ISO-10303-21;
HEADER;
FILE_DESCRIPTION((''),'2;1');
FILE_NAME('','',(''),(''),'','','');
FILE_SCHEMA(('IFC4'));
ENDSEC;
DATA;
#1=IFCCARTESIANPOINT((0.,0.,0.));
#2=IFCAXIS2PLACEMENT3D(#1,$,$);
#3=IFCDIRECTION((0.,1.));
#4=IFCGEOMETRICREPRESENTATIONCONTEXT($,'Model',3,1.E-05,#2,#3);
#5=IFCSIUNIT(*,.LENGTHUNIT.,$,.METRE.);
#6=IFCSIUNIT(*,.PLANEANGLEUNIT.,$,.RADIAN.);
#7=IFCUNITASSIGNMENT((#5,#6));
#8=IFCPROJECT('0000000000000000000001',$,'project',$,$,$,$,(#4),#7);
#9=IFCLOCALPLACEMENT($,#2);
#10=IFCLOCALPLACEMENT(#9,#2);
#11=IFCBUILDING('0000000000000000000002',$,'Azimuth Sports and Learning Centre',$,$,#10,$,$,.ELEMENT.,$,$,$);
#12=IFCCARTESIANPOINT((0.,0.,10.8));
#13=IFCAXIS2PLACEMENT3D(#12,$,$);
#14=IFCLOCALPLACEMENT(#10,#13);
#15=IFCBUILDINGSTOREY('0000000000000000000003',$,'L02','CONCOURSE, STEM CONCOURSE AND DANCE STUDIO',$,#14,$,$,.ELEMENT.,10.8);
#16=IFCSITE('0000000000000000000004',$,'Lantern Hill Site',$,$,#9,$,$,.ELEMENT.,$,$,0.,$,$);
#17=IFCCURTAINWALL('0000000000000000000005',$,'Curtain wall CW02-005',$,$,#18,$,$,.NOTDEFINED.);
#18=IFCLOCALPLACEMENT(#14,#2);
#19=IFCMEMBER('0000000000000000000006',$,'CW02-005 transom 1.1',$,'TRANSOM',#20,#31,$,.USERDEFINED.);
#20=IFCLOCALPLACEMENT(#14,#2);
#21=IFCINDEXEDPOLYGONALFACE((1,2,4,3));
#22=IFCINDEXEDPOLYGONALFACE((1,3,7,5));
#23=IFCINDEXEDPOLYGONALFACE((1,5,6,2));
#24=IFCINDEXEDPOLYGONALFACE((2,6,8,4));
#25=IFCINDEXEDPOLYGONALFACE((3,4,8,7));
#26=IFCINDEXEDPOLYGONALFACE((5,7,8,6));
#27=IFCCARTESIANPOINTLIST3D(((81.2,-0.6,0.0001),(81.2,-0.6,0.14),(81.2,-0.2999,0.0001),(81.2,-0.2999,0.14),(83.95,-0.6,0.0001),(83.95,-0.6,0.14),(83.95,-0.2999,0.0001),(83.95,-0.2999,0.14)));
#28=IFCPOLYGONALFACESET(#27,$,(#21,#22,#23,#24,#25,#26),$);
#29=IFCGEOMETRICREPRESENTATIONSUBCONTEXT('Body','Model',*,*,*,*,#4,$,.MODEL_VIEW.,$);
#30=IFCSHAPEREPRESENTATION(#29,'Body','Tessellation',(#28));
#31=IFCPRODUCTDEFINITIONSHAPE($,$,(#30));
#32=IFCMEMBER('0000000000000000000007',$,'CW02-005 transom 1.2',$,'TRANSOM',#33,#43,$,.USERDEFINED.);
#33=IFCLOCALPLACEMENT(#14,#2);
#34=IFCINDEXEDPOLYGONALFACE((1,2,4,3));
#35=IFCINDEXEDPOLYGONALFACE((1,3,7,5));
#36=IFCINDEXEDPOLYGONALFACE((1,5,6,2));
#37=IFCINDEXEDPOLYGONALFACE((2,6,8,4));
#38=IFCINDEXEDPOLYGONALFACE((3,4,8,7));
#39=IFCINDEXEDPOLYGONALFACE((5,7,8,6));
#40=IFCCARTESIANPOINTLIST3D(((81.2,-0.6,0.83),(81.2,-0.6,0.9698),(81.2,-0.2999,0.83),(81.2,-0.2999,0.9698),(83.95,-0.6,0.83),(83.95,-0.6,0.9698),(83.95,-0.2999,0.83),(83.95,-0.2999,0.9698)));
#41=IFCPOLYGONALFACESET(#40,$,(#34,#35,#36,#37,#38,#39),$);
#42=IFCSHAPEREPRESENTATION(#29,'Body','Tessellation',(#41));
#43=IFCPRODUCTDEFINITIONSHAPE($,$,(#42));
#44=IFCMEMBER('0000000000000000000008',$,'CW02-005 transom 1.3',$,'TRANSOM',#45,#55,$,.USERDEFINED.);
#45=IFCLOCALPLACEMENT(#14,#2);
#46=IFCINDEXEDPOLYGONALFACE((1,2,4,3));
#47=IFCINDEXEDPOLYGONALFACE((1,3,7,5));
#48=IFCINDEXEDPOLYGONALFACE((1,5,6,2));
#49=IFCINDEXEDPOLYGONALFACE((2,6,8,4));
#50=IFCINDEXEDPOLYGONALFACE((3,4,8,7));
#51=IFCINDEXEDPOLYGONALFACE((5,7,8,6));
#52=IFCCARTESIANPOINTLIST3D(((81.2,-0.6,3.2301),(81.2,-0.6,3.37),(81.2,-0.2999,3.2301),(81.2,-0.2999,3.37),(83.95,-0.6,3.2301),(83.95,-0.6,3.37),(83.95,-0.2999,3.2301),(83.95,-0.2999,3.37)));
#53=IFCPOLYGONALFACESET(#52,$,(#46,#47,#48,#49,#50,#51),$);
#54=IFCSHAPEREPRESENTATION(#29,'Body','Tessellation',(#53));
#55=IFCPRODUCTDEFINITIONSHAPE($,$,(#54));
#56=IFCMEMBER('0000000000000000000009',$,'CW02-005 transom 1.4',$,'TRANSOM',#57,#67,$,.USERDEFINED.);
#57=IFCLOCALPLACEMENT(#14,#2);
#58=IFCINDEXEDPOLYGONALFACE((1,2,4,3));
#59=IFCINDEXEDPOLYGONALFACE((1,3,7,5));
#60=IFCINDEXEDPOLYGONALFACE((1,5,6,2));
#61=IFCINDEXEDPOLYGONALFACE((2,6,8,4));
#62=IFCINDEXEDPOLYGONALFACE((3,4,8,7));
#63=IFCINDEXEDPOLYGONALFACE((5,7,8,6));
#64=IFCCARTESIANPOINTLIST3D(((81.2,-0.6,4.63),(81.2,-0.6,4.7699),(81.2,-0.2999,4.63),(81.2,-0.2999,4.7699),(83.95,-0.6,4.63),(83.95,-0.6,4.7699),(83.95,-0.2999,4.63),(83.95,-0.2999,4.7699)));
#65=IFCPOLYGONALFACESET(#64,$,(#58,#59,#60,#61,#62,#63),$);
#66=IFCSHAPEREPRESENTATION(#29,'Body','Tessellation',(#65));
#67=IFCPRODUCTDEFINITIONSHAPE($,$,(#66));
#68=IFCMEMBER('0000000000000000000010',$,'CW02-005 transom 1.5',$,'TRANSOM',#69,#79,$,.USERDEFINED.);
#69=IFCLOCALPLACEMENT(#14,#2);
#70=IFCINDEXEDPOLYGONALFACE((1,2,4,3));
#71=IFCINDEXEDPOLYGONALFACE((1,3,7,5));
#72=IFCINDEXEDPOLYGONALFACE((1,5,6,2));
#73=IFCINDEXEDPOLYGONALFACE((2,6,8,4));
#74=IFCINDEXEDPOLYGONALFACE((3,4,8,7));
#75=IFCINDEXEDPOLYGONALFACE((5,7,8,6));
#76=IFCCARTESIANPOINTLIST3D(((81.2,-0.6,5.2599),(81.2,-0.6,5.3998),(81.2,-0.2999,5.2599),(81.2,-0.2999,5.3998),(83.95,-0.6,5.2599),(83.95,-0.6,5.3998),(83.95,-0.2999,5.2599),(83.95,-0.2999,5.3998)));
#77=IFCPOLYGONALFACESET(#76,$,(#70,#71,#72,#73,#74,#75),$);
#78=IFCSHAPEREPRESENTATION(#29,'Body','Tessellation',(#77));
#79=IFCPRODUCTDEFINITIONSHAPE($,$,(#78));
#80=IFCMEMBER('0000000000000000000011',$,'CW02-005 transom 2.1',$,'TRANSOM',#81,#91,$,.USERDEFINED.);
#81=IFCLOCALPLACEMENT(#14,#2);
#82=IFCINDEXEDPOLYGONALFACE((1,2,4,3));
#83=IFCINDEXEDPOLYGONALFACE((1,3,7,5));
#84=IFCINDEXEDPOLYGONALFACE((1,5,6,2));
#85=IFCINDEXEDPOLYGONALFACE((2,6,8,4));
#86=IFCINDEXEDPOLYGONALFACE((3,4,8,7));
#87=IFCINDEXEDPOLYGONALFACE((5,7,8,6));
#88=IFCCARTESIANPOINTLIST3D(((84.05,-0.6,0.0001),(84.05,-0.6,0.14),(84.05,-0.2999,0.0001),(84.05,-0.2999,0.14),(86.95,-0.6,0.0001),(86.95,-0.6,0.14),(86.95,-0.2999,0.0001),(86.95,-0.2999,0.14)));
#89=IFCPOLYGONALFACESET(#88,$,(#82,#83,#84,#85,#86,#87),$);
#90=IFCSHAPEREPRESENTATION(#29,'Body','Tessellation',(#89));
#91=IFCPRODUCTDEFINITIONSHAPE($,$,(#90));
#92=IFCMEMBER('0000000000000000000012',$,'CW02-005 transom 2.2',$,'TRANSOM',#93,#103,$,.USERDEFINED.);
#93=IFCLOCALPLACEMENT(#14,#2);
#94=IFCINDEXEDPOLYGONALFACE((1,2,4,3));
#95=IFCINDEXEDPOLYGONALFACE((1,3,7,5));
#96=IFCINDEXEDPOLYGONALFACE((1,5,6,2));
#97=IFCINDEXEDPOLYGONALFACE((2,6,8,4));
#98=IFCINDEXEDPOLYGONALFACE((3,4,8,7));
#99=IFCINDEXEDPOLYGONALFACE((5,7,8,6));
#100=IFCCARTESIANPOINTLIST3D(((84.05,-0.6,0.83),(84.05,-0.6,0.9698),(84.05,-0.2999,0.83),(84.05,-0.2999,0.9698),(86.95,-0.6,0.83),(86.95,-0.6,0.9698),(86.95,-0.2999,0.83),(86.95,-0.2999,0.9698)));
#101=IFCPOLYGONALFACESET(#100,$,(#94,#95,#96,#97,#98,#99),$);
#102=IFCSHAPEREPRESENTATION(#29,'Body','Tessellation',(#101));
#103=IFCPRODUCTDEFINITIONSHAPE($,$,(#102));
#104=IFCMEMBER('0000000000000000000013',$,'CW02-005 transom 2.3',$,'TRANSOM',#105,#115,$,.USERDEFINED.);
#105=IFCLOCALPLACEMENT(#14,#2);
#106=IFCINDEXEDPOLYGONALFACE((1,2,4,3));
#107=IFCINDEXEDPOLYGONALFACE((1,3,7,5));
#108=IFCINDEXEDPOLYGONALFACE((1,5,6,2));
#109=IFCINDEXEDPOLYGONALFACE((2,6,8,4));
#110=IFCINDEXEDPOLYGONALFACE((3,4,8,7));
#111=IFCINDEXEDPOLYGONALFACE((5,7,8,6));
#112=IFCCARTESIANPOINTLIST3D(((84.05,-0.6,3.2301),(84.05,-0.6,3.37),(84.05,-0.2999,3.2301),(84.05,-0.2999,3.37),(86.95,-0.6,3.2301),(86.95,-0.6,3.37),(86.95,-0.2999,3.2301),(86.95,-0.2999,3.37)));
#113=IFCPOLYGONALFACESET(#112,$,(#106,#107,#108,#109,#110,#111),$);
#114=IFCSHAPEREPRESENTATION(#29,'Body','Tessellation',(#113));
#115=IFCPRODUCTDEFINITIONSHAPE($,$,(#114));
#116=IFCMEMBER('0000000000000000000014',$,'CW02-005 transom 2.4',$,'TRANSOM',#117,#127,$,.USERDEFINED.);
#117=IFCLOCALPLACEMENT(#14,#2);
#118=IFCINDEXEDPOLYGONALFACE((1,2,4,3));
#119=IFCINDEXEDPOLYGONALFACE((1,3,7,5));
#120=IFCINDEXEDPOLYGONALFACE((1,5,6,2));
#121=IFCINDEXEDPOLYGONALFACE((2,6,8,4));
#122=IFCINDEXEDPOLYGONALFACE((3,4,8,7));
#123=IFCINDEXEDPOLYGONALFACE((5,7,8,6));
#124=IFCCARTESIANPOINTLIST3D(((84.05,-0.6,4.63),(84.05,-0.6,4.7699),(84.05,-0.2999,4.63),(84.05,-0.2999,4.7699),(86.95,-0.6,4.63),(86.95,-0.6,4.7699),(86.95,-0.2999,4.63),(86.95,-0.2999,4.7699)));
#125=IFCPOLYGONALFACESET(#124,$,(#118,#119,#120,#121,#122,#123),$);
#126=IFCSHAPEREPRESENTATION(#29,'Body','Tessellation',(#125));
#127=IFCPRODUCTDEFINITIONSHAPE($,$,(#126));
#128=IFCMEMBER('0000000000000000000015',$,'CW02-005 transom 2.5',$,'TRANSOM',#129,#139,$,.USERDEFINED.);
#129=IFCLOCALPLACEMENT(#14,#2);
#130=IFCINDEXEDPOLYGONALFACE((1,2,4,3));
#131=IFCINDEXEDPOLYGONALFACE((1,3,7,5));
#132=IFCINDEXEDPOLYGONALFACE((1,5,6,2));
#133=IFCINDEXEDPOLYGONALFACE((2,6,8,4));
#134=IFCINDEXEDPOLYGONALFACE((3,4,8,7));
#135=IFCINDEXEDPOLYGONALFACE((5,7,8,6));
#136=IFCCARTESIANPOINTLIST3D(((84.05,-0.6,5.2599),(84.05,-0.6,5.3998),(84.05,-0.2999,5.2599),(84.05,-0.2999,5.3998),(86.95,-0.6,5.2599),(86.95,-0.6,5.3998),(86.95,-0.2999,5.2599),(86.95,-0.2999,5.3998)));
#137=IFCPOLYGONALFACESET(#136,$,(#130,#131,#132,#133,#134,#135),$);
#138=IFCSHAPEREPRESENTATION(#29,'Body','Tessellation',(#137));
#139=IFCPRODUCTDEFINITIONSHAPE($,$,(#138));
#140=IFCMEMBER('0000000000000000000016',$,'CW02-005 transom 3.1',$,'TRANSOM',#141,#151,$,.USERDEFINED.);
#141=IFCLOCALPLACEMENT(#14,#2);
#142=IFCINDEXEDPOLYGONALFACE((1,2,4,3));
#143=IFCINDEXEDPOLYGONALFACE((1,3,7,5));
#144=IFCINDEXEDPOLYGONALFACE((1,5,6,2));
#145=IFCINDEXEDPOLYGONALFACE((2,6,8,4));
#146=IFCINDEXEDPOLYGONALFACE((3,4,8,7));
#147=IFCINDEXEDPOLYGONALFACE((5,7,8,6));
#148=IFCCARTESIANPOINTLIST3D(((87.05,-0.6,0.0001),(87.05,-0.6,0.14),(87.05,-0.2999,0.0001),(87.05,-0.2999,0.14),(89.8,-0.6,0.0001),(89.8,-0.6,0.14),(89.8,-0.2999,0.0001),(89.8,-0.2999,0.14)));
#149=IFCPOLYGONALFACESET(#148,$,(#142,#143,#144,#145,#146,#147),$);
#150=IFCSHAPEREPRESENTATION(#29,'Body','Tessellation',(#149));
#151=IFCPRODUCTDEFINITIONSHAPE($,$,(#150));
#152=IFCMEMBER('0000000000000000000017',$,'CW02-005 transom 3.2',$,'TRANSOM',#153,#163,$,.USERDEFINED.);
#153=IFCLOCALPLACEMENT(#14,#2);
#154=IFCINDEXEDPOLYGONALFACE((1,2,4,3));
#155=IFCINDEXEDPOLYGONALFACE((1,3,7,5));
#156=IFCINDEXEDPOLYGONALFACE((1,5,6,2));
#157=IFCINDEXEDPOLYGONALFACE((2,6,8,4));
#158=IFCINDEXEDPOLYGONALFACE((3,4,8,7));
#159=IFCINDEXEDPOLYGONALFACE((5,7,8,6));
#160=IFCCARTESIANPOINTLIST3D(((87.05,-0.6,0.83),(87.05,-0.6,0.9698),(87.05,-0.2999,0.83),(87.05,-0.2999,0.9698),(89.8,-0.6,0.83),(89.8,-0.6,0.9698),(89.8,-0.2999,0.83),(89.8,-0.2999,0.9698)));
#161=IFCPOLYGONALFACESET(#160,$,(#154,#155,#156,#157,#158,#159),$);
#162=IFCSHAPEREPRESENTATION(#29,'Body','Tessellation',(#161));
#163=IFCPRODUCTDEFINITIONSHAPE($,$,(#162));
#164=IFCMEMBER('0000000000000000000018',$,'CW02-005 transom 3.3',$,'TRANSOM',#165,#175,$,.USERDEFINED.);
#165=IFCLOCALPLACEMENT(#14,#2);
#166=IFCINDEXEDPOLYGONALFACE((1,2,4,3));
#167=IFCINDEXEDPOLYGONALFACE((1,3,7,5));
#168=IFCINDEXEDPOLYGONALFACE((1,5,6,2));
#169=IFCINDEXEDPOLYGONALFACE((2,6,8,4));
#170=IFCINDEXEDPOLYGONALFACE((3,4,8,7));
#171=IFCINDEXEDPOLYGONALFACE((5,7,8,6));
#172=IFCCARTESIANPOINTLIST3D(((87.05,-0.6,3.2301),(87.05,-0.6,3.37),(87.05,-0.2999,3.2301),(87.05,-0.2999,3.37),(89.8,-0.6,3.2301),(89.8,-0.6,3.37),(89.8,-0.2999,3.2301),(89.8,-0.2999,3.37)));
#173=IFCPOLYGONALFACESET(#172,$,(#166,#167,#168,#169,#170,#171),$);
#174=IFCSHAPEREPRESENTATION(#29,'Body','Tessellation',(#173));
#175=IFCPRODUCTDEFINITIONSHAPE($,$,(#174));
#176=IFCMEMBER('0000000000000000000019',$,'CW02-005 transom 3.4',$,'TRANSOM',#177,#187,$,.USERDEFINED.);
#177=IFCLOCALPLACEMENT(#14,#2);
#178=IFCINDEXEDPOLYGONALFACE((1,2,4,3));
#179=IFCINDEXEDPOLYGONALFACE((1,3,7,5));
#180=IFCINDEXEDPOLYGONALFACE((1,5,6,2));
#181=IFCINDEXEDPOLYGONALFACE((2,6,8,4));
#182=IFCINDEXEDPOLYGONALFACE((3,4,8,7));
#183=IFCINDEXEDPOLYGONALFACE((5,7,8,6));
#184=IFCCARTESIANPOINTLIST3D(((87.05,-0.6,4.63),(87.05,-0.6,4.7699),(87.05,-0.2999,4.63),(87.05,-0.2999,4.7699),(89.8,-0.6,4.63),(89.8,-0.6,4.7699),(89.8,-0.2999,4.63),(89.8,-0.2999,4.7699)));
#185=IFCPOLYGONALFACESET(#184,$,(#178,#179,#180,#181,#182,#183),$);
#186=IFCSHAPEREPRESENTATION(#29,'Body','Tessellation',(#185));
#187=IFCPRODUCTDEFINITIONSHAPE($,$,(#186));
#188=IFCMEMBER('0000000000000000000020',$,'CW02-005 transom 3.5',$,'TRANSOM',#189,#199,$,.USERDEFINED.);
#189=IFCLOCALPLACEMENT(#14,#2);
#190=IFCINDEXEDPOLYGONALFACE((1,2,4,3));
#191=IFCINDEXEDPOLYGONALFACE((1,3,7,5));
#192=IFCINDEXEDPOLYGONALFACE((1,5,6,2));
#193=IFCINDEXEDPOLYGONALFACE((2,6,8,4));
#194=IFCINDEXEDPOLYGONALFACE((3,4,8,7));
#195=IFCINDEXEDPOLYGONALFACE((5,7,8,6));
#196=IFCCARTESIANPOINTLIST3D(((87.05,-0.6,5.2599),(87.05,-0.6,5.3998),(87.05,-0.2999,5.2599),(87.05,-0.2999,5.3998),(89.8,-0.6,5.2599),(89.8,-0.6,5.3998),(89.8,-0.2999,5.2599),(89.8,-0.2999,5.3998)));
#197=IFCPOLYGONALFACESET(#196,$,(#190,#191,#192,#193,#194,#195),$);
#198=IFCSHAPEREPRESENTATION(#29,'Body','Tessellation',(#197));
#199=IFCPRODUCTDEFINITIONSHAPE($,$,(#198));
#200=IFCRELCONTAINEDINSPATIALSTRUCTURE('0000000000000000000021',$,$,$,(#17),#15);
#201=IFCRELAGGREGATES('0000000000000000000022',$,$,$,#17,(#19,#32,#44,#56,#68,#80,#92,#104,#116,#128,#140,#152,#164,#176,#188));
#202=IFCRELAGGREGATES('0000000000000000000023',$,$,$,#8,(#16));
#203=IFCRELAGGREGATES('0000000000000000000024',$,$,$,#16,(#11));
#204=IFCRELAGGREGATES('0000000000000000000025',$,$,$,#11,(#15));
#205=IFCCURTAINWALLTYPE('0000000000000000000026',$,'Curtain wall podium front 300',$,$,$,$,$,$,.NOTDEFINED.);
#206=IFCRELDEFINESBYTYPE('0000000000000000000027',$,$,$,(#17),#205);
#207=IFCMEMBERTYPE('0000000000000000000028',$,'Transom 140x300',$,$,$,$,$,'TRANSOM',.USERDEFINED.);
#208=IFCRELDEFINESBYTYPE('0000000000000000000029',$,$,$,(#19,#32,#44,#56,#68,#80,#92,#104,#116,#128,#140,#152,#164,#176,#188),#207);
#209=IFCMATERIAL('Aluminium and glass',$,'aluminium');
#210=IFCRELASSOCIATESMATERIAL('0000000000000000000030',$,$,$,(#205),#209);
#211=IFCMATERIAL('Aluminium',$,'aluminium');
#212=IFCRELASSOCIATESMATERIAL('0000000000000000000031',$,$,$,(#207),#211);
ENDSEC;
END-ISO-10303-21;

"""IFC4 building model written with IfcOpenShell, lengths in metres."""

from ifc_helpers import new_model, si_unit, direction, frame, origin, origin_2d, place, context, subcontext, project, spatial, rectangle, extrude, material, material_profile, profile_set, type_object, element, aggregate, save


model = new_model("IFC4")

# Units and contexts
model_context = context("Model", 3, precision=1e-05, world=origin(), true_north=direction((0.0, 1.0)))
body_context = subcontext(model_context, "Body", "Model", "MODEL_VIEW")
ifc_project = project(units=[si_unit("LENGTHUNIT", "METRE"), si_unit("PLANEANGLEUNIT", "RADIAN")], contexts=[model_context])

# Site, building, storey
site_placement = place(None, origin())
site = spatial("IfcSite", under=ifc_project, at=site_placement, Name="Lantern Hill Site", CompositionType="ELEMENT", RefElevation=0.0)
building_placement = place(site_placement, origin())
building = spatial("IfcBuilding", under=site, at=building_placement, Name="Azimuth Sports and Learning Centre", CompositionType="ELEMENT")
storey_placement = place(building_placement, frame((0.0, 0.0, 10.8)))
storey = spatial("IfcBuildingStorey", under=building, at=storey_placement, Name="L02", Description="CONCOURSE, STEM CONCOURSE AND DANCE STUDIO", CompositionType="ELEMENT", Elevation=10.8)

# Curtain wall, members
ifc_material_1 = material(Name="Aluminium and glass", Category="aluminium")
curtain_wall_type = type_object("IfcCurtainWallType", Name="Curtain wall podium front 300", PredefinedType="NOTDEFINED", material=ifc_material_1)
curtain_wall_placement = place(storey_placement, origin())
curtain_wall = element("IfcCurtainWall", 1, at=curtain_wall_placement, inside=storey, type_object=curtain_wall_type, Name="Curtain wall CW02-005", PredefinedType="NOTDEFINED")
ifc_material_2 = material(Name="Aluminium", Category="aluminium")
ifc_material_profile_1 = material_profile(ifc_material_2, rectangle(XDim=0.3, YDim=0.1399, at=origin_2d()), Name="Transom 140x300")
ifc_profile_set_1 = profile_set([ifc_material_profile_1], Name="Aluminium")
member_type_1 = type_object("IfcMemberType", Name="Transom 140x300", ElementType="TRANSOM", PredefinedType="USERDEFINED", material=ifc_profile_set_1)
member_1_placement = place(storey_placement, frame((81.2, -0.45, 0.0701), z_axis=(1.0, 0.0, 0.0), x_axis=(0.0, 1.0, 0.0)))
member_1 = element("IfcMember", 2, at=member_1_placement, type_object=member_type_1, Name="CW02-005 transom 1.1", ObjectType="TRANSOM", PredefinedType="USERDEFINED", context=body_context, shape_type="SweptSolid", body=[
    extrude(rectangle(XDim=0.3, YDim=0.1399, at=origin_2d()), origin(), (0.0, 0.0, 1.0), 2.75),
])
member_2_placement = place(storey_placement, frame((81.2, -0.45, 0.8999), z_axis=(1.0, 0.0, 0.0), x_axis=(0.0, 1.0, 0.0)))
member_2 = element("IfcMember", 3, at=member_2_placement, type_object=member_type_1, Name="CW02-005 transom 1.2", ObjectType="TRANSOM", PredefinedType="USERDEFINED", context=body_context, shape_type="SweptSolid", body=[
    extrude(rectangle(XDim=0.3, YDim=0.1399, at=origin_2d()), origin(), (0.0, 0.0, 1.0), 2.75),
])
member_3_placement = place(storey_placement, frame((81.2, -0.45, 3.3), z_axis=(1.0, 0.0, 0.0), x_axis=(0.0, 1.0, 0.0)))
member_3 = element("IfcMember", 4, at=member_3_placement, type_object=member_type_1, Name="CW02-005 transom 1.3", ObjectType="TRANSOM", PredefinedType="USERDEFINED", context=body_context, shape_type="SweptSolid", body=[
    extrude(rectangle(XDim=0.3, YDim=0.1399, at=origin_2d()), origin(), (0.0, 0.0, 1.0), 2.75),
])
member_4_placement = place(storey_placement, frame((81.2, -0.45, 4.7), z_axis=(1.0, 0.0, 0.0), x_axis=(0.0, 1.0, 0.0)))
member_4 = element("IfcMember", 5, at=member_4_placement, type_object=member_type_1, Name="CW02-005 transom 1.4", ObjectType="TRANSOM", PredefinedType="USERDEFINED", context=body_context, shape_type="SweptSolid", body=[
    extrude(rectangle(XDim=0.3, YDim=0.1399, at=origin_2d()), origin(), (0.0, 0.0, 1.0), 2.75),
])
member_5_placement = place(storey_placement, frame((81.2, -0.45, 5.3298), z_axis=(1.0, 0.0, 0.0), x_axis=(0.0, 1.0, 0.0)))
member_5 = element("IfcMember", 6, at=member_5_placement, type_object=member_type_1, Name="CW02-005 transom 1.5", ObjectType="TRANSOM", PredefinedType="USERDEFINED", context=body_context, shape_type="SweptSolid", body=[
    extrude(rectangle(XDim=0.3, YDim=0.1399, at=origin_2d()), origin(), (0.0, 0.0, 1.0), 2.75),
])
member_6_placement = place(storey_placement, frame((84.05, -0.45, 0.0701), z_axis=(1.0, 0.0, 0.0), x_axis=(0.0, 1.0, 0.0)))
member_6 = element("IfcMember", 7, at=member_6_placement, type_object=member_type_1, Name="CW02-005 transom 2.1", ObjectType="TRANSOM", PredefinedType="USERDEFINED", context=body_context, shape_type="SweptSolid", body=[
    extrude(rectangle(XDim=0.3, YDim=0.1399, at=origin_2d()), origin(), (0.0, 0.0, 1.0), 2.8999),
])
member_7_placement = place(storey_placement, frame((84.05, -0.45, 0.8999), z_axis=(1.0, 0.0, 0.0), x_axis=(0.0, 1.0, 0.0)))
member_7 = element("IfcMember", 8, at=member_7_placement, type_object=member_type_1, Name="CW02-005 transom 2.2", ObjectType="TRANSOM", PredefinedType="USERDEFINED", context=body_context, shape_type="SweptSolid", body=[
    extrude(rectangle(XDim=0.3, YDim=0.1399, at=origin_2d()), origin(), (0.0, 0.0, 1.0), 2.8999),
])
member_8_placement = place(storey_placement, frame((84.05, -0.45, 3.3), z_axis=(1.0, 0.0, 0.0), x_axis=(0.0, 1.0, 0.0)))
member_8 = element("IfcMember", 9, at=member_8_placement, type_object=member_type_1, Name="CW02-005 transom 2.3", ObjectType="TRANSOM", PredefinedType="USERDEFINED", context=body_context, shape_type="SweptSolid", body=[
    extrude(rectangle(XDim=0.3, YDim=0.1399, at=origin_2d()), origin(), (0.0, 0.0, 1.0), 2.8999),
])
member_9_placement = place(storey_placement, frame((84.05, -0.45, 4.7), z_axis=(1.0, 0.0, 0.0), x_axis=(0.0, 1.0, 0.0)))
member_9 = element("IfcMember", 10, at=member_9_placement, type_object=member_type_1, Name="CW02-005 transom 2.4", ObjectType="TRANSOM", PredefinedType="USERDEFINED", context=body_context, shape_type="SweptSolid", body=[
    extrude(rectangle(XDim=0.3, YDim=0.1399, at=origin_2d()), origin(), (0.0, 0.0, 1.0), 2.8999),
])
member_10_placement = place(storey_placement, frame((84.05, -0.45, 5.3298), z_axis=(1.0, 0.0, 0.0), x_axis=(0.0, 1.0, 0.0)))
member_10 = element("IfcMember", 11, at=member_10_placement, type_object=member_type_1, Name="CW02-005 transom 2.5", ObjectType="TRANSOM", PredefinedType="USERDEFINED", context=body_context, shape_type="SweptSolid", body=[
    extrude(rectangle(XDim=0.3, YDim=0.1399, at=origin_2d()), origin(), (0.0, 0.0, 1.0), 2.8999),
])
member_11_placement = place(storey_placement, frame((87.05, -0.45, 0.0701), z_axis=(1.0, 0.0, 0.0), x_axis=(0.0, 1.0, 0.0)))
member_11 = element("IfcMember", 12, at=member_11_placement, type_object=member_type_1, Name="CW02-005 transom 3.1", ObjectType="TRANSOM", PredefinedType="USERDEFINED", context=body_context, shape_type="SweptSolid", body=[
    extrude(rectangle(XDim=0.3, YDim=0.1399, at=origin_2d()), origin(), (0.0, 0.0, 1.0), 2.75),
])
member_12_placement = place(storey_placement, frame((87.05, -0.45, 0.8999), z_axis=(1.0, 0.0, 0.0), x_axis=(0.0, 1.0, 0.0)))
member_12 = element("IfcMember", 13, at=member_12_placement, type_object=member_type_1, Name="CW02-005 transom 3.2", ObjectType="TRANSOM", PredefinedType="USERDEFINED", context=body_context, shape_type="SweptSolid", body=[
    extrude(rectangle(XDim=0.3, YDim=0.1399, at=origin_2d()), origin(), (0.0, 0.0, 1.0), 2.75),
])
member_13_placement = place(storey_placement, frame((87.05, -0.45, 3.3), z_axis=(1.0, 0.0, 0.0), x_axis=(0.0, 1.0, 0.0)))
member_13 = element("IfcMember", 14, at=member_13_placement, type_object=member_type_1, Name="CW02-005 transom 3.3", ObjectType="TRANSOM", PredefinedType="USERDEFINED", context=body_context, shape_type="SweptSolid", body=[
    extrude(rectangle(XDim=0.3, YDim=0.1399, at=origin_2d()), origin(), (0.0, 0.0, 1.0), 2.75),
])
member_14_placement = place(storey_placement, frame((87.05, -0.45, 4.7), z_axis=(1.0, 0.0, 0.0), x_axis=(0.0, 1.0, 0.0)))
member_14 = element("IfcMember", 15, at=member_14_placement, type_object=member_type_1, Name="CW02-005 transom 3.4", ObjectType="TRANSOM", PredefinedType="USERDEFINED", context=body_context, shape_type="SweptSolid", body=[
    extrude(rectangle(XDim=0.3, YDim=0.1399, at=origin_2d()), origin(), (0.0, 0.0, 1.0), 2.75),
])
member_15_placement = place(storey_placement, frame((87.05, -0.45, 5.3298), z_axis=(1.0, 0.0, 0.0), x_axis=(0.0, 1.0, 0.0)))
member_15 = element("IfcMember", 16, at=member_15_placement, type_object=member_type_1, Name="CW02-005 transom 3.5", ObjectType="TRANSOM", PredefinedType="USERDEFINED", context=body_context, shape_type="SweptSolid", body=[
    extrude(rectangle(XDim=0.3, YDim=0.1399, at=origin_2d()), origin(), (0.0, 0.0, 1.0), 2.75),
])
aggregate(curtain_wall, [member_1, member_2, member_3, member_4, member_5, member_6, member_7, member_8, member_9, member_10, member_11, member_12, member_13, member_14, member_15])

save(model, "model.ifc")
